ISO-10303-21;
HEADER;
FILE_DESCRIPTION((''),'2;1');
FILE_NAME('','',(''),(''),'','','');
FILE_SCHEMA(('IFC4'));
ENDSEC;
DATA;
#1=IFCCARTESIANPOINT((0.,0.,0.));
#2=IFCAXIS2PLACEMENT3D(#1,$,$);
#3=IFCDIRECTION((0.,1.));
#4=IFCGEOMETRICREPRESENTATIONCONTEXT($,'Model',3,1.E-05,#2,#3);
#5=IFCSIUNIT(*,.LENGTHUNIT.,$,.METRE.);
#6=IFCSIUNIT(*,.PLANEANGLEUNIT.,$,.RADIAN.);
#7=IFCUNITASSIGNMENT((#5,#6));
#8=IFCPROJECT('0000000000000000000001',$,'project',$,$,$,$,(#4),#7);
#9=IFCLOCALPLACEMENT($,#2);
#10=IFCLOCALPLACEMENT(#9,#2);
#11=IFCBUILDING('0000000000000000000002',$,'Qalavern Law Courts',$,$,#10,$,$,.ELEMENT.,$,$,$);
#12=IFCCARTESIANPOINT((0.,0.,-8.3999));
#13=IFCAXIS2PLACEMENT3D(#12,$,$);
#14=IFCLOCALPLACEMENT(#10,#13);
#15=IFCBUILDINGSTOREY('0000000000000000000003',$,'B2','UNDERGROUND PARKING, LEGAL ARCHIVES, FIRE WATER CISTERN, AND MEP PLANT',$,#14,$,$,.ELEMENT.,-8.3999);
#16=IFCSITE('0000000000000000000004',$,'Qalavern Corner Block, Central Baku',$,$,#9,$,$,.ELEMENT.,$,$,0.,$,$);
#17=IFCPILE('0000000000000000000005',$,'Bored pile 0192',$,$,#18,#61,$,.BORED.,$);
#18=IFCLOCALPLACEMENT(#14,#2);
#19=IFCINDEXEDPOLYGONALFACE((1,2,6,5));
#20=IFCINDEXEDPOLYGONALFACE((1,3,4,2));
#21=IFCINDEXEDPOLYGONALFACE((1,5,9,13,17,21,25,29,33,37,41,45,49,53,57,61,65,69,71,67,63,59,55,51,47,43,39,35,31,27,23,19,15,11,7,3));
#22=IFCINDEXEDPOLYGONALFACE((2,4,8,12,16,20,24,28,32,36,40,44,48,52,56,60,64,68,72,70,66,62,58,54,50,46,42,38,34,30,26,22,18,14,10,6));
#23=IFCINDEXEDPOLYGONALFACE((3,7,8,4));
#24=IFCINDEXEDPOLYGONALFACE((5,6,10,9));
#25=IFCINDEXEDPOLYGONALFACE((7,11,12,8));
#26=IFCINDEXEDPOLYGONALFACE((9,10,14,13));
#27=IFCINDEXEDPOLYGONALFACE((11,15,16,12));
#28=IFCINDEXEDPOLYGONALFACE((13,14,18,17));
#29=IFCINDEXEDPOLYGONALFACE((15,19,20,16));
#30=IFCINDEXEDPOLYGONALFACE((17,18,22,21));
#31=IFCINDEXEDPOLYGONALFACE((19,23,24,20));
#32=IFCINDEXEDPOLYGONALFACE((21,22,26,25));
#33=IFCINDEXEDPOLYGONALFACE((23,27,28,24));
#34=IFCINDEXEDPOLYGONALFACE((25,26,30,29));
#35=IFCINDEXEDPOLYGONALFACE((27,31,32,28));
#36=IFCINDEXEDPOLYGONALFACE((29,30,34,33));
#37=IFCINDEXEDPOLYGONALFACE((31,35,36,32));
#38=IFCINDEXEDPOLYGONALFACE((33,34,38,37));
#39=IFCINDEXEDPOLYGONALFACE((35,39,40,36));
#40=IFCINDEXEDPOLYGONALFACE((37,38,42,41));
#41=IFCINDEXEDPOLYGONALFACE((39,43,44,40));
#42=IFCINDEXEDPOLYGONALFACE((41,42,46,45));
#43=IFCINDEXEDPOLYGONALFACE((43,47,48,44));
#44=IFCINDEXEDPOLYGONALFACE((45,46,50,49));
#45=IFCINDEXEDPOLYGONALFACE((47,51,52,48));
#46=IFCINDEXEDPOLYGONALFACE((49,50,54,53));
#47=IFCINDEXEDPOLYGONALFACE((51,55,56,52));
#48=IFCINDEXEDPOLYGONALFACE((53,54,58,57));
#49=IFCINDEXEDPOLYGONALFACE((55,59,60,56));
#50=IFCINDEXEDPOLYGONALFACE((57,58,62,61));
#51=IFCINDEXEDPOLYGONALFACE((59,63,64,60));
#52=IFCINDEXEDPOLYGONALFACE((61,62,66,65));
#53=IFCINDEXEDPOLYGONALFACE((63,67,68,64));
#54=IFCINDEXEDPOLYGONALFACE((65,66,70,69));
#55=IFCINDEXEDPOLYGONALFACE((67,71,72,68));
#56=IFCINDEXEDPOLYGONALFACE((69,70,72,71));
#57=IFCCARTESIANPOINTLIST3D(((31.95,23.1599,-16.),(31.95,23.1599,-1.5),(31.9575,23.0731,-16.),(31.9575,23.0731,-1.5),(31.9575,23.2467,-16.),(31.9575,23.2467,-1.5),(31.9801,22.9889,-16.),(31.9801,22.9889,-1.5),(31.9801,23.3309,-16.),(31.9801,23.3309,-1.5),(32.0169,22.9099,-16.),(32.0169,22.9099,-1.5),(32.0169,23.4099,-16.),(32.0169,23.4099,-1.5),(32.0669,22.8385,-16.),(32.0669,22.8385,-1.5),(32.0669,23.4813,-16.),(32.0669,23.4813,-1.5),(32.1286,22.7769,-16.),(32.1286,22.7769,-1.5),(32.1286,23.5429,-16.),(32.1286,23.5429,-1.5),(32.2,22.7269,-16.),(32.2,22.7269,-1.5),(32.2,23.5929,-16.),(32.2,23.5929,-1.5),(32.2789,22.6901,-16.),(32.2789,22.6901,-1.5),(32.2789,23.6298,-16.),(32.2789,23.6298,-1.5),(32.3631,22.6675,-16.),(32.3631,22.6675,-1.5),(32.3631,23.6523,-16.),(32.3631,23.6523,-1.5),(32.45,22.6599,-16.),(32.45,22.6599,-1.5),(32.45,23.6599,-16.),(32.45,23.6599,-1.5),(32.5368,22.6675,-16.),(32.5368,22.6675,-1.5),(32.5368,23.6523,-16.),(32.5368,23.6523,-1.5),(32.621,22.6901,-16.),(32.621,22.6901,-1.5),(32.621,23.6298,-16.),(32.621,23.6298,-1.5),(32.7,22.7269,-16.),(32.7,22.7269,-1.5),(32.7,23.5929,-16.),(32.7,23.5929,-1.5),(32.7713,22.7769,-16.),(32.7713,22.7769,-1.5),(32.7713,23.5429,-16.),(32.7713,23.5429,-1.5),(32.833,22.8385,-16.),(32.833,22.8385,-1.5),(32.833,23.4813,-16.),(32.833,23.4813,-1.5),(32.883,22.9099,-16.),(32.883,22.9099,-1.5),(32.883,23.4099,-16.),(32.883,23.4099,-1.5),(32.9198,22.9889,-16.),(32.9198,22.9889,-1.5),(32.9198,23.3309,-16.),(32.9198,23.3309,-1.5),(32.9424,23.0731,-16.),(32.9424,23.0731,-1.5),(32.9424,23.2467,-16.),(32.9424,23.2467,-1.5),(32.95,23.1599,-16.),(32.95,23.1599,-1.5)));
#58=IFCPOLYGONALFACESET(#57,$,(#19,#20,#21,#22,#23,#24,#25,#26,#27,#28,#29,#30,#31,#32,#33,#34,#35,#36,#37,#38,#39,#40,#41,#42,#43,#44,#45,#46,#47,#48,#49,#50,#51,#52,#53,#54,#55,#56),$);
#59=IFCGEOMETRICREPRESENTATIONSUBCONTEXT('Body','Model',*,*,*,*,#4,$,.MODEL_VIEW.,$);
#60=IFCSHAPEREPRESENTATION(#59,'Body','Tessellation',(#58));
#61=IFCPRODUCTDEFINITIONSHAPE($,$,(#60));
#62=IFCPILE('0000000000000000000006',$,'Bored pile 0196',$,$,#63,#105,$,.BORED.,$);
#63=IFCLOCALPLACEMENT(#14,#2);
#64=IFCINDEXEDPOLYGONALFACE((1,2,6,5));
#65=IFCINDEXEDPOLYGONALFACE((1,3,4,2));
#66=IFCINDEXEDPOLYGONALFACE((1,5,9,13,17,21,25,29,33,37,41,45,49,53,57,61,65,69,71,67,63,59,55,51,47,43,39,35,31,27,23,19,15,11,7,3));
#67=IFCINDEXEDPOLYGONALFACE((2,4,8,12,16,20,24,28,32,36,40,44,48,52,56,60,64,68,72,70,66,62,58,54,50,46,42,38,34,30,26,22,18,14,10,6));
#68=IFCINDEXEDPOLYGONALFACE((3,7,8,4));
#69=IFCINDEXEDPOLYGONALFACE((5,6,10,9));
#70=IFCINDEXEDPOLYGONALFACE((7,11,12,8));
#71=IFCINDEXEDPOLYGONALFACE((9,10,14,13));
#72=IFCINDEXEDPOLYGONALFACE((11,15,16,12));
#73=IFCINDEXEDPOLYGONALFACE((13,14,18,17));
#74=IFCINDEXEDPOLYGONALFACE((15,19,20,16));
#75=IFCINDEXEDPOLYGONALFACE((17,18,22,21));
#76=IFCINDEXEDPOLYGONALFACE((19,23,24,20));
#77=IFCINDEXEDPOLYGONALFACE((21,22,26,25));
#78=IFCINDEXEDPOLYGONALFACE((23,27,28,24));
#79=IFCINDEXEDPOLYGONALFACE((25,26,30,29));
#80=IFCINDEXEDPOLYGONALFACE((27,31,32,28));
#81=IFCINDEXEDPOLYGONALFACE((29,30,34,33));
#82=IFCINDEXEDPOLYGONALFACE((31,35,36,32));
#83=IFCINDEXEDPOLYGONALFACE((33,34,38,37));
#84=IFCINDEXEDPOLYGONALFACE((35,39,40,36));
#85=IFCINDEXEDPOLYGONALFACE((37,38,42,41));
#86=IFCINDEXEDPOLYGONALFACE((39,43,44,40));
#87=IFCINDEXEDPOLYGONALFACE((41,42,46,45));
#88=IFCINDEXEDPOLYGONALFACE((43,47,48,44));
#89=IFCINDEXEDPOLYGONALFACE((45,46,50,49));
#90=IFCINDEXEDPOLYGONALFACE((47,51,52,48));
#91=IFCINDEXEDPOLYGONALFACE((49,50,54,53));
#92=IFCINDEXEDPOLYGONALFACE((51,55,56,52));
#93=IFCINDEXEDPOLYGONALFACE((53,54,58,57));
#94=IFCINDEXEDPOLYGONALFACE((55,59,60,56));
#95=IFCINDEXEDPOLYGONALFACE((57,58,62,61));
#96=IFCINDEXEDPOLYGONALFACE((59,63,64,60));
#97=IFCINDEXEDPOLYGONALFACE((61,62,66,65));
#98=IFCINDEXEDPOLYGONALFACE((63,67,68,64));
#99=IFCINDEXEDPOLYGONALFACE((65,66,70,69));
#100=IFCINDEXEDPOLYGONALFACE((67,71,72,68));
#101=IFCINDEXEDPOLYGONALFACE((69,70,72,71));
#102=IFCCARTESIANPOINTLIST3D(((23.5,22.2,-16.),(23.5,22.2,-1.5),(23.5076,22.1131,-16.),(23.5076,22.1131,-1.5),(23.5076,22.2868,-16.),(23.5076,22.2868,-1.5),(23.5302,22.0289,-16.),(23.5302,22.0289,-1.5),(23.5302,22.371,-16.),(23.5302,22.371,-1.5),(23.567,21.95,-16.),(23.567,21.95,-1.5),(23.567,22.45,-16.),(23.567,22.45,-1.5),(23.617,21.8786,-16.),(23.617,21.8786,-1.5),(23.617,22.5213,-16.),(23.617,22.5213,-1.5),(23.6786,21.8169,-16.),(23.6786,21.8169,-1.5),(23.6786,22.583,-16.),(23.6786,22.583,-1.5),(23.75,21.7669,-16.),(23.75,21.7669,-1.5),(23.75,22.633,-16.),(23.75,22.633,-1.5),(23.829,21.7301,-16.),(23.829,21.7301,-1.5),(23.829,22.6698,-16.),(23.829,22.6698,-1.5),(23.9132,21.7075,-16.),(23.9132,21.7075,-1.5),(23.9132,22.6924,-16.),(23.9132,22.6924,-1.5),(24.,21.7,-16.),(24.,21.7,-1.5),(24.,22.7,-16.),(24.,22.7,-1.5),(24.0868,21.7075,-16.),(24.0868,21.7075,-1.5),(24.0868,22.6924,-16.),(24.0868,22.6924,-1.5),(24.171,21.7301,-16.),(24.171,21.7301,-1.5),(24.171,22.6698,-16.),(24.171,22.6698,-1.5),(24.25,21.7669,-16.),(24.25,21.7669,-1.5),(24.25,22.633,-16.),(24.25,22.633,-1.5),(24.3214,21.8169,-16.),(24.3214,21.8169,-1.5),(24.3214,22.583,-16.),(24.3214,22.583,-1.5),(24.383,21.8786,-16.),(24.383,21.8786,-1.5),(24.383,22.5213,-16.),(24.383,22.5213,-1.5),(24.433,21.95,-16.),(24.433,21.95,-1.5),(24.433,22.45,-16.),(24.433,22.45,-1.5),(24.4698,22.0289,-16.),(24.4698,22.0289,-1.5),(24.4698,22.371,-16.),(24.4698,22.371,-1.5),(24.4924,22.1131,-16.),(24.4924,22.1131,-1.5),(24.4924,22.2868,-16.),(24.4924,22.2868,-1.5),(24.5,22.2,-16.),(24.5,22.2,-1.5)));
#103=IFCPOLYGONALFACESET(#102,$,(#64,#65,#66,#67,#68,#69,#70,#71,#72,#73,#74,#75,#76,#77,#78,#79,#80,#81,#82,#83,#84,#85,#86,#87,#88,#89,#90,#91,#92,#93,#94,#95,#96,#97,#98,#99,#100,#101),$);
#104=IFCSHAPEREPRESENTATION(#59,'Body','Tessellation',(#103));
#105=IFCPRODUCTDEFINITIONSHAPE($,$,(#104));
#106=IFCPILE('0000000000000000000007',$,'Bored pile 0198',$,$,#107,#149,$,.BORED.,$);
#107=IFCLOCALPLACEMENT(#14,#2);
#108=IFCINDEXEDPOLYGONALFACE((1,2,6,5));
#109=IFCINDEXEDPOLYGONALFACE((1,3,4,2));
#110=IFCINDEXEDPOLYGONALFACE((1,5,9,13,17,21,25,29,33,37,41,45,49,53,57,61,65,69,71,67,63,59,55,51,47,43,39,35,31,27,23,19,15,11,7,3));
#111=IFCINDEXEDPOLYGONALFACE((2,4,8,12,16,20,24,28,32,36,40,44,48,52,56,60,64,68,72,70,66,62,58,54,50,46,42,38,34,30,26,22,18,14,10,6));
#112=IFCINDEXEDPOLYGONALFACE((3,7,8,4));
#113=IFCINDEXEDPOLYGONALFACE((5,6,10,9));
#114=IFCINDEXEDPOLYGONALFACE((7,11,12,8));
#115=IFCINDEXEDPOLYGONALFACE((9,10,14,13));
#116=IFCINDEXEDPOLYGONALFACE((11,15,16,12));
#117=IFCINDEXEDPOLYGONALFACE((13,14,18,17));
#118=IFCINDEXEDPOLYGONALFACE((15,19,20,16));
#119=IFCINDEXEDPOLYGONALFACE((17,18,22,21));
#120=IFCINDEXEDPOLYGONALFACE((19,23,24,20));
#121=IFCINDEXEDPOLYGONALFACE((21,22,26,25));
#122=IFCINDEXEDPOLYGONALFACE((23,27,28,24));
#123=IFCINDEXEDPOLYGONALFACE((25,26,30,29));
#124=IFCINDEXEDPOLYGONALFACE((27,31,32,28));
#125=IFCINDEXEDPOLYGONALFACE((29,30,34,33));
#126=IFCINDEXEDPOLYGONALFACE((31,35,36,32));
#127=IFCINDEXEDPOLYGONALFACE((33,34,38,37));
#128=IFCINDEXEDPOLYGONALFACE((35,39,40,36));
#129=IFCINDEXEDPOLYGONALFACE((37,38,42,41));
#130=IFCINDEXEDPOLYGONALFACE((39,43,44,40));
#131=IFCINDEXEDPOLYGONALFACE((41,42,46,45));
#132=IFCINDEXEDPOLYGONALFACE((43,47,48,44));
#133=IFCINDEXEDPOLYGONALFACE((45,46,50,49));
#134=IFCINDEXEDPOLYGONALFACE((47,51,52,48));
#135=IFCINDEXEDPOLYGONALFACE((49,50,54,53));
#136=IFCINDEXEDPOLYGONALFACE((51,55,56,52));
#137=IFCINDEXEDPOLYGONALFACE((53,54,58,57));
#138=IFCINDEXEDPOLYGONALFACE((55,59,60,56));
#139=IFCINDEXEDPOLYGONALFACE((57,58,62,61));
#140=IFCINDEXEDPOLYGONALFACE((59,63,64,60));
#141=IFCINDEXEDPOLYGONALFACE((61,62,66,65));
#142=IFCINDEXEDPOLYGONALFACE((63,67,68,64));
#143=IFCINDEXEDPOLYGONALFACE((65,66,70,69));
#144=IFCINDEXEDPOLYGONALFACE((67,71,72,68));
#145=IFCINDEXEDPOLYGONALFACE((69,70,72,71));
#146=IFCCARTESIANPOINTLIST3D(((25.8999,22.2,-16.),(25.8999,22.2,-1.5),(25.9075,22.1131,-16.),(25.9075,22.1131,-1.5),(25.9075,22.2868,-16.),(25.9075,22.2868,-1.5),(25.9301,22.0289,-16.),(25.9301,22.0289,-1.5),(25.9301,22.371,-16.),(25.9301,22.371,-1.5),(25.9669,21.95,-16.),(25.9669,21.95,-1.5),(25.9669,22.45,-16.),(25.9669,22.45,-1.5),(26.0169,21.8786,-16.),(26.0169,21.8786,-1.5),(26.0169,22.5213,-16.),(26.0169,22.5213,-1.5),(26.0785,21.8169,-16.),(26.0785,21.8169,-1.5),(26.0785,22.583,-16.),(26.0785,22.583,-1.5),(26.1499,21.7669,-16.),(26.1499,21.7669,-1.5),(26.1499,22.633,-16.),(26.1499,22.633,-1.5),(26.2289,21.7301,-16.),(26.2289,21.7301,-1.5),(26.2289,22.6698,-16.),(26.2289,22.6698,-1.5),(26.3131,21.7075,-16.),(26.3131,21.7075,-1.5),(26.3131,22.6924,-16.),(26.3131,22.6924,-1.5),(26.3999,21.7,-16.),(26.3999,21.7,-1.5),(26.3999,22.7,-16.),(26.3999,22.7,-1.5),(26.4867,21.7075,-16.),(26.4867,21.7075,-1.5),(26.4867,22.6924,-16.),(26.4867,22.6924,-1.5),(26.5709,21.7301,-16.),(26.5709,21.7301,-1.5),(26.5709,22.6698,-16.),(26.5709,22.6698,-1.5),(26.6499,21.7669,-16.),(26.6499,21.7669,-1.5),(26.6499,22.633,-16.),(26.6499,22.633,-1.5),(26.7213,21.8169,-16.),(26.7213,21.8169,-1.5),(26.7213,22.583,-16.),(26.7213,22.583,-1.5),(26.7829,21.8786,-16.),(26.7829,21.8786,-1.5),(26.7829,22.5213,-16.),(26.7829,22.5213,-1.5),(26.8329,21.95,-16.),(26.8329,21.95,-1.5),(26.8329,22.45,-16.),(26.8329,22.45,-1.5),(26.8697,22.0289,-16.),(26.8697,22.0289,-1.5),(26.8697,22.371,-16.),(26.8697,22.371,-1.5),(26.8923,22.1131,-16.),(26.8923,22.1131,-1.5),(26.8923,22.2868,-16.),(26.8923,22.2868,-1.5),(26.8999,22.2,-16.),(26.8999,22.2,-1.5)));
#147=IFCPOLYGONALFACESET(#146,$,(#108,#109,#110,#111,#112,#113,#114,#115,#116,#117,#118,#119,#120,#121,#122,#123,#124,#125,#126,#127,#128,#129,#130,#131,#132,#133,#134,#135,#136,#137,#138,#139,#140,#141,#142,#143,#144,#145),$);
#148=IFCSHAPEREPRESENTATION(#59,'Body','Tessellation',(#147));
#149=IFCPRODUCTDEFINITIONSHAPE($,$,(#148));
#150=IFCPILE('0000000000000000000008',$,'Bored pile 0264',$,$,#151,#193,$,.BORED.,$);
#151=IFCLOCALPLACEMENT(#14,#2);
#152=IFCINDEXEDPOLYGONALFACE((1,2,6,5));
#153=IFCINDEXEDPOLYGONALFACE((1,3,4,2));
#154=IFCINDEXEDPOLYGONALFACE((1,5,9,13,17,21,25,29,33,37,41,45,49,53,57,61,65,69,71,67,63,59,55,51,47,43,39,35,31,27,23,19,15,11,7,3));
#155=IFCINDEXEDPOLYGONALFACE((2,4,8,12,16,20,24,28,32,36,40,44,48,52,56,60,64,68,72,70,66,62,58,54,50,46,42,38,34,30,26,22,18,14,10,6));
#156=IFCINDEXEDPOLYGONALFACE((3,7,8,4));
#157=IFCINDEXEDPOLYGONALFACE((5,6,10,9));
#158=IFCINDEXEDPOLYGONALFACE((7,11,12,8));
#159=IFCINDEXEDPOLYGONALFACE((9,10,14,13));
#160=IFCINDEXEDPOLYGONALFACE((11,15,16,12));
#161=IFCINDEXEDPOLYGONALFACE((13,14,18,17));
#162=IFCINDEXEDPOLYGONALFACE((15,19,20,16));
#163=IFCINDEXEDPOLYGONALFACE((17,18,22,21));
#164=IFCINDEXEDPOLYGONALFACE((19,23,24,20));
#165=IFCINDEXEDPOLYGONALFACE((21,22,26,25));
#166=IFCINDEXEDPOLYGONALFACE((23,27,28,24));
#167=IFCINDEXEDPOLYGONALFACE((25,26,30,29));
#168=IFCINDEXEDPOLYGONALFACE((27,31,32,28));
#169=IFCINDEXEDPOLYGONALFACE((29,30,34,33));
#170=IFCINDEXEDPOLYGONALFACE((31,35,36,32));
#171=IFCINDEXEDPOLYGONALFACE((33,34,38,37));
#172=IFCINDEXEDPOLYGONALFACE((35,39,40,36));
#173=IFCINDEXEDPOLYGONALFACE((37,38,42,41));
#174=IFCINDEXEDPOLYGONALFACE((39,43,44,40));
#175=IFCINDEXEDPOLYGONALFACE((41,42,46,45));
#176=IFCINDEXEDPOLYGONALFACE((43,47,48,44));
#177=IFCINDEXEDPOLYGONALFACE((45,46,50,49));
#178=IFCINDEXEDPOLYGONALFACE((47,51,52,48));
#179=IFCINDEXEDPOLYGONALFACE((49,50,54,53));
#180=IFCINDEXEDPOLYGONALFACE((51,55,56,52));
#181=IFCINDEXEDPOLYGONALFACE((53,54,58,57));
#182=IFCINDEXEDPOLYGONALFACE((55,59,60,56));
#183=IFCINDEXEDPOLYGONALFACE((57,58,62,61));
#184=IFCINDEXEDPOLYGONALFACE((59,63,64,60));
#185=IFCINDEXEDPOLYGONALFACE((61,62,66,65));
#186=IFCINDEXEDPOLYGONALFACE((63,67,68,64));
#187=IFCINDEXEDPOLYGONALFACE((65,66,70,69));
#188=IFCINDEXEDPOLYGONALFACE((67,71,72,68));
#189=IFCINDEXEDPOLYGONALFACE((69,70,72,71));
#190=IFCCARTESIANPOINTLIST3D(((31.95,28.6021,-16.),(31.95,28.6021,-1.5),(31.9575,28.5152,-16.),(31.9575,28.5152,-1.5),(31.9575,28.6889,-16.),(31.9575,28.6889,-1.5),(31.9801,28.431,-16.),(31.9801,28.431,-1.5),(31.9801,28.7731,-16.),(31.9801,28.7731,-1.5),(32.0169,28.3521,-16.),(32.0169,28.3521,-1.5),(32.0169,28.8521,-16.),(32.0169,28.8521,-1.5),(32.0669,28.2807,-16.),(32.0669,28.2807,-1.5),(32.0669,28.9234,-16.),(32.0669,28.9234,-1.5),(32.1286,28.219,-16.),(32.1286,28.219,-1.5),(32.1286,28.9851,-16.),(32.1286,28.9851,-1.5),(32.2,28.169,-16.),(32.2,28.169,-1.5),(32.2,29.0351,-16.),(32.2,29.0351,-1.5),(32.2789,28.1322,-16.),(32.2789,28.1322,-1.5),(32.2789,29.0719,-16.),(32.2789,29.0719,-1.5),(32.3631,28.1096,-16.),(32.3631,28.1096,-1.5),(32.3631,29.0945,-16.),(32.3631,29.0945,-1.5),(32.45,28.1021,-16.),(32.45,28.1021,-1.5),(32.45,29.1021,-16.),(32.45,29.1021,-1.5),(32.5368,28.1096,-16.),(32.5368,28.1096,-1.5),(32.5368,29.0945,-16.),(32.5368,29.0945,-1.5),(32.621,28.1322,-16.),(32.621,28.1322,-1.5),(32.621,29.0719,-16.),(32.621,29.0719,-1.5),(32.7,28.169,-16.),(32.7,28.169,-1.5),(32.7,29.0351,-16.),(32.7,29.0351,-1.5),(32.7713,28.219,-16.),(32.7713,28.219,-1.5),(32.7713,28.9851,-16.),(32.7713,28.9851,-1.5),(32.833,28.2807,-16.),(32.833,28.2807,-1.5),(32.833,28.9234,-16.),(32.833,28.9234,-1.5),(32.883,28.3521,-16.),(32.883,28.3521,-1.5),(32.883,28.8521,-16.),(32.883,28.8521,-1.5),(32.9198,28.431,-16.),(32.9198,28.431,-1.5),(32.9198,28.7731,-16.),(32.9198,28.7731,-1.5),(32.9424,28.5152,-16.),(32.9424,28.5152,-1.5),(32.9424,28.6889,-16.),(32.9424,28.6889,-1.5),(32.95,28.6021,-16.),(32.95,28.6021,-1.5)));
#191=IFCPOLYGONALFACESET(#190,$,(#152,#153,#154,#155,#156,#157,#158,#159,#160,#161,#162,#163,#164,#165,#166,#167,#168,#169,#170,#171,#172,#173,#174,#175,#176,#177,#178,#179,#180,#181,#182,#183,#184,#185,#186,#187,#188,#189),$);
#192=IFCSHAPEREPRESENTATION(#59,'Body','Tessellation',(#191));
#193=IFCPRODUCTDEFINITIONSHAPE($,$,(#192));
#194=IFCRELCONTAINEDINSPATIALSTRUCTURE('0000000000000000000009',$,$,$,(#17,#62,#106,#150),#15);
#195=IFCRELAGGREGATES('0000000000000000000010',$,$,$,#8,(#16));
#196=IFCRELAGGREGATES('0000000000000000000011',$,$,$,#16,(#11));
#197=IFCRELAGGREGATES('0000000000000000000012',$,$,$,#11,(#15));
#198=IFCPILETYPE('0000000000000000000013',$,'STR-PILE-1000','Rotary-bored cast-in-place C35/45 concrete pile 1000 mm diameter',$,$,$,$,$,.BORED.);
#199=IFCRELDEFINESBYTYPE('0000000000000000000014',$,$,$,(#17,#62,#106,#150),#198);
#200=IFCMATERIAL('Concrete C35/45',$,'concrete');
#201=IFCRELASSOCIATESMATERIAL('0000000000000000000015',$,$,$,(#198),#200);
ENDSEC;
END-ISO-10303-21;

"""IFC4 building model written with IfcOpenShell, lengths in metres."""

from ifc_helpers import new_model, si_unit, direction, frame, origin, origin_2d, place, context, subcontext, project, spatial, circle, extrude, material, material_profile, profile_set, type_object, element, save


model = new_model("IFC4")

# Units and contexts
model_context = context("Model", 3, precision=1e-05, world=origin(), true_north=direction((0.0, 1.0)))
body_context = subcontext(model_context, "Body", "Model", "MODEL_VIEW")
ifc_project = project(units=[si_unit("LENGTHUNIT", "METRE"), si_unit("PLANEANGLEUNIT", "RADIAN")], contexts=[model_context])

# Site, building, storey
site_placement = place(None, origin())
site = spatial("IfcSite", under=ifc_project, at=site_placement, Name="Qalavern Corner Block, Central Baku", CompositionType="ELEMENT", RefElevation=0.0)
building_placement = place(site_placement, origin())
building = spatial("IfcBuilding", under=site, at=building_placement, Name="Qalavern Law Courts", CompositionType="ELEMENT")
storey_placement = place(building_placement, frame((0.0, 0.0, -8.3999)))
storey = spatial("IfcBuildingStorey", under=building, at=storey_placement, Name="B2", Description="UNDERGROUND PARKING, LEGAL ARCHIVES, FIRE WATER CISTERN, AND MEP PLANT", CompositionType="ELEMENT", Elevation=-8.3999)

# Shared definitions
ifc_material_1 = material(Name="Concrete C35/45", Category="concrete")

# Piles
ifc_material_profile_1 = material_profile(ifc_material_1, circle(Radius=0.5, at=origin_2d()), Name="BORED PILE 1000")
ifc_profile_set_1 = profile_set([ifc_material_profile_1], Name="Concrete C35/45")
pile_type_1 = type_object("IfcPileType", Name="STR-PILE-1000", Description="Rotary-bored cast-in-place C35/45 concrete pile 1000 mm diameter", PredefinedType="BORED", material=ifc_profile_set_1)
for number, where, z_axis, x_axis, name in (
    (1, (32.45, 23.1599, -1.5), (0.0, 0.0, -1.0), (1.0, 0.0, 0.0), "Bored pile 0192"),
    (2, (24.0, 22.2, -1.5), (0.0, 0.0, -1.0), (1.0, 0.0, 0.0), "Bored pile 0196"),
    (3, (26.3999, 22.2, -1.5), (0.0, 0.0, -1.0), (1.0, 0.0, 0.0), "Bored pile 0198"),
    (4, (32.45, 28.6021, -1.5), (0.0, 0.0, -1.0), (1.0, 0.0, 0.0), "Bored pile 0264"),
):
    element("IfcPile", number, at=place(storey_placement, frame(where, z_axis=z_axis, x_axis=x_axis)), inside=storey, type_object=pile_type_1, Name=name, PredefinedType="BORED", context=body_context, shape_type="SweptSolid", body=[
        extrude(circle(Radius=0.5, at=origin_2d()), origin(), (0.0, 0.0, 1.0), 14.5),
    ])

save(model, "model.ifc")
